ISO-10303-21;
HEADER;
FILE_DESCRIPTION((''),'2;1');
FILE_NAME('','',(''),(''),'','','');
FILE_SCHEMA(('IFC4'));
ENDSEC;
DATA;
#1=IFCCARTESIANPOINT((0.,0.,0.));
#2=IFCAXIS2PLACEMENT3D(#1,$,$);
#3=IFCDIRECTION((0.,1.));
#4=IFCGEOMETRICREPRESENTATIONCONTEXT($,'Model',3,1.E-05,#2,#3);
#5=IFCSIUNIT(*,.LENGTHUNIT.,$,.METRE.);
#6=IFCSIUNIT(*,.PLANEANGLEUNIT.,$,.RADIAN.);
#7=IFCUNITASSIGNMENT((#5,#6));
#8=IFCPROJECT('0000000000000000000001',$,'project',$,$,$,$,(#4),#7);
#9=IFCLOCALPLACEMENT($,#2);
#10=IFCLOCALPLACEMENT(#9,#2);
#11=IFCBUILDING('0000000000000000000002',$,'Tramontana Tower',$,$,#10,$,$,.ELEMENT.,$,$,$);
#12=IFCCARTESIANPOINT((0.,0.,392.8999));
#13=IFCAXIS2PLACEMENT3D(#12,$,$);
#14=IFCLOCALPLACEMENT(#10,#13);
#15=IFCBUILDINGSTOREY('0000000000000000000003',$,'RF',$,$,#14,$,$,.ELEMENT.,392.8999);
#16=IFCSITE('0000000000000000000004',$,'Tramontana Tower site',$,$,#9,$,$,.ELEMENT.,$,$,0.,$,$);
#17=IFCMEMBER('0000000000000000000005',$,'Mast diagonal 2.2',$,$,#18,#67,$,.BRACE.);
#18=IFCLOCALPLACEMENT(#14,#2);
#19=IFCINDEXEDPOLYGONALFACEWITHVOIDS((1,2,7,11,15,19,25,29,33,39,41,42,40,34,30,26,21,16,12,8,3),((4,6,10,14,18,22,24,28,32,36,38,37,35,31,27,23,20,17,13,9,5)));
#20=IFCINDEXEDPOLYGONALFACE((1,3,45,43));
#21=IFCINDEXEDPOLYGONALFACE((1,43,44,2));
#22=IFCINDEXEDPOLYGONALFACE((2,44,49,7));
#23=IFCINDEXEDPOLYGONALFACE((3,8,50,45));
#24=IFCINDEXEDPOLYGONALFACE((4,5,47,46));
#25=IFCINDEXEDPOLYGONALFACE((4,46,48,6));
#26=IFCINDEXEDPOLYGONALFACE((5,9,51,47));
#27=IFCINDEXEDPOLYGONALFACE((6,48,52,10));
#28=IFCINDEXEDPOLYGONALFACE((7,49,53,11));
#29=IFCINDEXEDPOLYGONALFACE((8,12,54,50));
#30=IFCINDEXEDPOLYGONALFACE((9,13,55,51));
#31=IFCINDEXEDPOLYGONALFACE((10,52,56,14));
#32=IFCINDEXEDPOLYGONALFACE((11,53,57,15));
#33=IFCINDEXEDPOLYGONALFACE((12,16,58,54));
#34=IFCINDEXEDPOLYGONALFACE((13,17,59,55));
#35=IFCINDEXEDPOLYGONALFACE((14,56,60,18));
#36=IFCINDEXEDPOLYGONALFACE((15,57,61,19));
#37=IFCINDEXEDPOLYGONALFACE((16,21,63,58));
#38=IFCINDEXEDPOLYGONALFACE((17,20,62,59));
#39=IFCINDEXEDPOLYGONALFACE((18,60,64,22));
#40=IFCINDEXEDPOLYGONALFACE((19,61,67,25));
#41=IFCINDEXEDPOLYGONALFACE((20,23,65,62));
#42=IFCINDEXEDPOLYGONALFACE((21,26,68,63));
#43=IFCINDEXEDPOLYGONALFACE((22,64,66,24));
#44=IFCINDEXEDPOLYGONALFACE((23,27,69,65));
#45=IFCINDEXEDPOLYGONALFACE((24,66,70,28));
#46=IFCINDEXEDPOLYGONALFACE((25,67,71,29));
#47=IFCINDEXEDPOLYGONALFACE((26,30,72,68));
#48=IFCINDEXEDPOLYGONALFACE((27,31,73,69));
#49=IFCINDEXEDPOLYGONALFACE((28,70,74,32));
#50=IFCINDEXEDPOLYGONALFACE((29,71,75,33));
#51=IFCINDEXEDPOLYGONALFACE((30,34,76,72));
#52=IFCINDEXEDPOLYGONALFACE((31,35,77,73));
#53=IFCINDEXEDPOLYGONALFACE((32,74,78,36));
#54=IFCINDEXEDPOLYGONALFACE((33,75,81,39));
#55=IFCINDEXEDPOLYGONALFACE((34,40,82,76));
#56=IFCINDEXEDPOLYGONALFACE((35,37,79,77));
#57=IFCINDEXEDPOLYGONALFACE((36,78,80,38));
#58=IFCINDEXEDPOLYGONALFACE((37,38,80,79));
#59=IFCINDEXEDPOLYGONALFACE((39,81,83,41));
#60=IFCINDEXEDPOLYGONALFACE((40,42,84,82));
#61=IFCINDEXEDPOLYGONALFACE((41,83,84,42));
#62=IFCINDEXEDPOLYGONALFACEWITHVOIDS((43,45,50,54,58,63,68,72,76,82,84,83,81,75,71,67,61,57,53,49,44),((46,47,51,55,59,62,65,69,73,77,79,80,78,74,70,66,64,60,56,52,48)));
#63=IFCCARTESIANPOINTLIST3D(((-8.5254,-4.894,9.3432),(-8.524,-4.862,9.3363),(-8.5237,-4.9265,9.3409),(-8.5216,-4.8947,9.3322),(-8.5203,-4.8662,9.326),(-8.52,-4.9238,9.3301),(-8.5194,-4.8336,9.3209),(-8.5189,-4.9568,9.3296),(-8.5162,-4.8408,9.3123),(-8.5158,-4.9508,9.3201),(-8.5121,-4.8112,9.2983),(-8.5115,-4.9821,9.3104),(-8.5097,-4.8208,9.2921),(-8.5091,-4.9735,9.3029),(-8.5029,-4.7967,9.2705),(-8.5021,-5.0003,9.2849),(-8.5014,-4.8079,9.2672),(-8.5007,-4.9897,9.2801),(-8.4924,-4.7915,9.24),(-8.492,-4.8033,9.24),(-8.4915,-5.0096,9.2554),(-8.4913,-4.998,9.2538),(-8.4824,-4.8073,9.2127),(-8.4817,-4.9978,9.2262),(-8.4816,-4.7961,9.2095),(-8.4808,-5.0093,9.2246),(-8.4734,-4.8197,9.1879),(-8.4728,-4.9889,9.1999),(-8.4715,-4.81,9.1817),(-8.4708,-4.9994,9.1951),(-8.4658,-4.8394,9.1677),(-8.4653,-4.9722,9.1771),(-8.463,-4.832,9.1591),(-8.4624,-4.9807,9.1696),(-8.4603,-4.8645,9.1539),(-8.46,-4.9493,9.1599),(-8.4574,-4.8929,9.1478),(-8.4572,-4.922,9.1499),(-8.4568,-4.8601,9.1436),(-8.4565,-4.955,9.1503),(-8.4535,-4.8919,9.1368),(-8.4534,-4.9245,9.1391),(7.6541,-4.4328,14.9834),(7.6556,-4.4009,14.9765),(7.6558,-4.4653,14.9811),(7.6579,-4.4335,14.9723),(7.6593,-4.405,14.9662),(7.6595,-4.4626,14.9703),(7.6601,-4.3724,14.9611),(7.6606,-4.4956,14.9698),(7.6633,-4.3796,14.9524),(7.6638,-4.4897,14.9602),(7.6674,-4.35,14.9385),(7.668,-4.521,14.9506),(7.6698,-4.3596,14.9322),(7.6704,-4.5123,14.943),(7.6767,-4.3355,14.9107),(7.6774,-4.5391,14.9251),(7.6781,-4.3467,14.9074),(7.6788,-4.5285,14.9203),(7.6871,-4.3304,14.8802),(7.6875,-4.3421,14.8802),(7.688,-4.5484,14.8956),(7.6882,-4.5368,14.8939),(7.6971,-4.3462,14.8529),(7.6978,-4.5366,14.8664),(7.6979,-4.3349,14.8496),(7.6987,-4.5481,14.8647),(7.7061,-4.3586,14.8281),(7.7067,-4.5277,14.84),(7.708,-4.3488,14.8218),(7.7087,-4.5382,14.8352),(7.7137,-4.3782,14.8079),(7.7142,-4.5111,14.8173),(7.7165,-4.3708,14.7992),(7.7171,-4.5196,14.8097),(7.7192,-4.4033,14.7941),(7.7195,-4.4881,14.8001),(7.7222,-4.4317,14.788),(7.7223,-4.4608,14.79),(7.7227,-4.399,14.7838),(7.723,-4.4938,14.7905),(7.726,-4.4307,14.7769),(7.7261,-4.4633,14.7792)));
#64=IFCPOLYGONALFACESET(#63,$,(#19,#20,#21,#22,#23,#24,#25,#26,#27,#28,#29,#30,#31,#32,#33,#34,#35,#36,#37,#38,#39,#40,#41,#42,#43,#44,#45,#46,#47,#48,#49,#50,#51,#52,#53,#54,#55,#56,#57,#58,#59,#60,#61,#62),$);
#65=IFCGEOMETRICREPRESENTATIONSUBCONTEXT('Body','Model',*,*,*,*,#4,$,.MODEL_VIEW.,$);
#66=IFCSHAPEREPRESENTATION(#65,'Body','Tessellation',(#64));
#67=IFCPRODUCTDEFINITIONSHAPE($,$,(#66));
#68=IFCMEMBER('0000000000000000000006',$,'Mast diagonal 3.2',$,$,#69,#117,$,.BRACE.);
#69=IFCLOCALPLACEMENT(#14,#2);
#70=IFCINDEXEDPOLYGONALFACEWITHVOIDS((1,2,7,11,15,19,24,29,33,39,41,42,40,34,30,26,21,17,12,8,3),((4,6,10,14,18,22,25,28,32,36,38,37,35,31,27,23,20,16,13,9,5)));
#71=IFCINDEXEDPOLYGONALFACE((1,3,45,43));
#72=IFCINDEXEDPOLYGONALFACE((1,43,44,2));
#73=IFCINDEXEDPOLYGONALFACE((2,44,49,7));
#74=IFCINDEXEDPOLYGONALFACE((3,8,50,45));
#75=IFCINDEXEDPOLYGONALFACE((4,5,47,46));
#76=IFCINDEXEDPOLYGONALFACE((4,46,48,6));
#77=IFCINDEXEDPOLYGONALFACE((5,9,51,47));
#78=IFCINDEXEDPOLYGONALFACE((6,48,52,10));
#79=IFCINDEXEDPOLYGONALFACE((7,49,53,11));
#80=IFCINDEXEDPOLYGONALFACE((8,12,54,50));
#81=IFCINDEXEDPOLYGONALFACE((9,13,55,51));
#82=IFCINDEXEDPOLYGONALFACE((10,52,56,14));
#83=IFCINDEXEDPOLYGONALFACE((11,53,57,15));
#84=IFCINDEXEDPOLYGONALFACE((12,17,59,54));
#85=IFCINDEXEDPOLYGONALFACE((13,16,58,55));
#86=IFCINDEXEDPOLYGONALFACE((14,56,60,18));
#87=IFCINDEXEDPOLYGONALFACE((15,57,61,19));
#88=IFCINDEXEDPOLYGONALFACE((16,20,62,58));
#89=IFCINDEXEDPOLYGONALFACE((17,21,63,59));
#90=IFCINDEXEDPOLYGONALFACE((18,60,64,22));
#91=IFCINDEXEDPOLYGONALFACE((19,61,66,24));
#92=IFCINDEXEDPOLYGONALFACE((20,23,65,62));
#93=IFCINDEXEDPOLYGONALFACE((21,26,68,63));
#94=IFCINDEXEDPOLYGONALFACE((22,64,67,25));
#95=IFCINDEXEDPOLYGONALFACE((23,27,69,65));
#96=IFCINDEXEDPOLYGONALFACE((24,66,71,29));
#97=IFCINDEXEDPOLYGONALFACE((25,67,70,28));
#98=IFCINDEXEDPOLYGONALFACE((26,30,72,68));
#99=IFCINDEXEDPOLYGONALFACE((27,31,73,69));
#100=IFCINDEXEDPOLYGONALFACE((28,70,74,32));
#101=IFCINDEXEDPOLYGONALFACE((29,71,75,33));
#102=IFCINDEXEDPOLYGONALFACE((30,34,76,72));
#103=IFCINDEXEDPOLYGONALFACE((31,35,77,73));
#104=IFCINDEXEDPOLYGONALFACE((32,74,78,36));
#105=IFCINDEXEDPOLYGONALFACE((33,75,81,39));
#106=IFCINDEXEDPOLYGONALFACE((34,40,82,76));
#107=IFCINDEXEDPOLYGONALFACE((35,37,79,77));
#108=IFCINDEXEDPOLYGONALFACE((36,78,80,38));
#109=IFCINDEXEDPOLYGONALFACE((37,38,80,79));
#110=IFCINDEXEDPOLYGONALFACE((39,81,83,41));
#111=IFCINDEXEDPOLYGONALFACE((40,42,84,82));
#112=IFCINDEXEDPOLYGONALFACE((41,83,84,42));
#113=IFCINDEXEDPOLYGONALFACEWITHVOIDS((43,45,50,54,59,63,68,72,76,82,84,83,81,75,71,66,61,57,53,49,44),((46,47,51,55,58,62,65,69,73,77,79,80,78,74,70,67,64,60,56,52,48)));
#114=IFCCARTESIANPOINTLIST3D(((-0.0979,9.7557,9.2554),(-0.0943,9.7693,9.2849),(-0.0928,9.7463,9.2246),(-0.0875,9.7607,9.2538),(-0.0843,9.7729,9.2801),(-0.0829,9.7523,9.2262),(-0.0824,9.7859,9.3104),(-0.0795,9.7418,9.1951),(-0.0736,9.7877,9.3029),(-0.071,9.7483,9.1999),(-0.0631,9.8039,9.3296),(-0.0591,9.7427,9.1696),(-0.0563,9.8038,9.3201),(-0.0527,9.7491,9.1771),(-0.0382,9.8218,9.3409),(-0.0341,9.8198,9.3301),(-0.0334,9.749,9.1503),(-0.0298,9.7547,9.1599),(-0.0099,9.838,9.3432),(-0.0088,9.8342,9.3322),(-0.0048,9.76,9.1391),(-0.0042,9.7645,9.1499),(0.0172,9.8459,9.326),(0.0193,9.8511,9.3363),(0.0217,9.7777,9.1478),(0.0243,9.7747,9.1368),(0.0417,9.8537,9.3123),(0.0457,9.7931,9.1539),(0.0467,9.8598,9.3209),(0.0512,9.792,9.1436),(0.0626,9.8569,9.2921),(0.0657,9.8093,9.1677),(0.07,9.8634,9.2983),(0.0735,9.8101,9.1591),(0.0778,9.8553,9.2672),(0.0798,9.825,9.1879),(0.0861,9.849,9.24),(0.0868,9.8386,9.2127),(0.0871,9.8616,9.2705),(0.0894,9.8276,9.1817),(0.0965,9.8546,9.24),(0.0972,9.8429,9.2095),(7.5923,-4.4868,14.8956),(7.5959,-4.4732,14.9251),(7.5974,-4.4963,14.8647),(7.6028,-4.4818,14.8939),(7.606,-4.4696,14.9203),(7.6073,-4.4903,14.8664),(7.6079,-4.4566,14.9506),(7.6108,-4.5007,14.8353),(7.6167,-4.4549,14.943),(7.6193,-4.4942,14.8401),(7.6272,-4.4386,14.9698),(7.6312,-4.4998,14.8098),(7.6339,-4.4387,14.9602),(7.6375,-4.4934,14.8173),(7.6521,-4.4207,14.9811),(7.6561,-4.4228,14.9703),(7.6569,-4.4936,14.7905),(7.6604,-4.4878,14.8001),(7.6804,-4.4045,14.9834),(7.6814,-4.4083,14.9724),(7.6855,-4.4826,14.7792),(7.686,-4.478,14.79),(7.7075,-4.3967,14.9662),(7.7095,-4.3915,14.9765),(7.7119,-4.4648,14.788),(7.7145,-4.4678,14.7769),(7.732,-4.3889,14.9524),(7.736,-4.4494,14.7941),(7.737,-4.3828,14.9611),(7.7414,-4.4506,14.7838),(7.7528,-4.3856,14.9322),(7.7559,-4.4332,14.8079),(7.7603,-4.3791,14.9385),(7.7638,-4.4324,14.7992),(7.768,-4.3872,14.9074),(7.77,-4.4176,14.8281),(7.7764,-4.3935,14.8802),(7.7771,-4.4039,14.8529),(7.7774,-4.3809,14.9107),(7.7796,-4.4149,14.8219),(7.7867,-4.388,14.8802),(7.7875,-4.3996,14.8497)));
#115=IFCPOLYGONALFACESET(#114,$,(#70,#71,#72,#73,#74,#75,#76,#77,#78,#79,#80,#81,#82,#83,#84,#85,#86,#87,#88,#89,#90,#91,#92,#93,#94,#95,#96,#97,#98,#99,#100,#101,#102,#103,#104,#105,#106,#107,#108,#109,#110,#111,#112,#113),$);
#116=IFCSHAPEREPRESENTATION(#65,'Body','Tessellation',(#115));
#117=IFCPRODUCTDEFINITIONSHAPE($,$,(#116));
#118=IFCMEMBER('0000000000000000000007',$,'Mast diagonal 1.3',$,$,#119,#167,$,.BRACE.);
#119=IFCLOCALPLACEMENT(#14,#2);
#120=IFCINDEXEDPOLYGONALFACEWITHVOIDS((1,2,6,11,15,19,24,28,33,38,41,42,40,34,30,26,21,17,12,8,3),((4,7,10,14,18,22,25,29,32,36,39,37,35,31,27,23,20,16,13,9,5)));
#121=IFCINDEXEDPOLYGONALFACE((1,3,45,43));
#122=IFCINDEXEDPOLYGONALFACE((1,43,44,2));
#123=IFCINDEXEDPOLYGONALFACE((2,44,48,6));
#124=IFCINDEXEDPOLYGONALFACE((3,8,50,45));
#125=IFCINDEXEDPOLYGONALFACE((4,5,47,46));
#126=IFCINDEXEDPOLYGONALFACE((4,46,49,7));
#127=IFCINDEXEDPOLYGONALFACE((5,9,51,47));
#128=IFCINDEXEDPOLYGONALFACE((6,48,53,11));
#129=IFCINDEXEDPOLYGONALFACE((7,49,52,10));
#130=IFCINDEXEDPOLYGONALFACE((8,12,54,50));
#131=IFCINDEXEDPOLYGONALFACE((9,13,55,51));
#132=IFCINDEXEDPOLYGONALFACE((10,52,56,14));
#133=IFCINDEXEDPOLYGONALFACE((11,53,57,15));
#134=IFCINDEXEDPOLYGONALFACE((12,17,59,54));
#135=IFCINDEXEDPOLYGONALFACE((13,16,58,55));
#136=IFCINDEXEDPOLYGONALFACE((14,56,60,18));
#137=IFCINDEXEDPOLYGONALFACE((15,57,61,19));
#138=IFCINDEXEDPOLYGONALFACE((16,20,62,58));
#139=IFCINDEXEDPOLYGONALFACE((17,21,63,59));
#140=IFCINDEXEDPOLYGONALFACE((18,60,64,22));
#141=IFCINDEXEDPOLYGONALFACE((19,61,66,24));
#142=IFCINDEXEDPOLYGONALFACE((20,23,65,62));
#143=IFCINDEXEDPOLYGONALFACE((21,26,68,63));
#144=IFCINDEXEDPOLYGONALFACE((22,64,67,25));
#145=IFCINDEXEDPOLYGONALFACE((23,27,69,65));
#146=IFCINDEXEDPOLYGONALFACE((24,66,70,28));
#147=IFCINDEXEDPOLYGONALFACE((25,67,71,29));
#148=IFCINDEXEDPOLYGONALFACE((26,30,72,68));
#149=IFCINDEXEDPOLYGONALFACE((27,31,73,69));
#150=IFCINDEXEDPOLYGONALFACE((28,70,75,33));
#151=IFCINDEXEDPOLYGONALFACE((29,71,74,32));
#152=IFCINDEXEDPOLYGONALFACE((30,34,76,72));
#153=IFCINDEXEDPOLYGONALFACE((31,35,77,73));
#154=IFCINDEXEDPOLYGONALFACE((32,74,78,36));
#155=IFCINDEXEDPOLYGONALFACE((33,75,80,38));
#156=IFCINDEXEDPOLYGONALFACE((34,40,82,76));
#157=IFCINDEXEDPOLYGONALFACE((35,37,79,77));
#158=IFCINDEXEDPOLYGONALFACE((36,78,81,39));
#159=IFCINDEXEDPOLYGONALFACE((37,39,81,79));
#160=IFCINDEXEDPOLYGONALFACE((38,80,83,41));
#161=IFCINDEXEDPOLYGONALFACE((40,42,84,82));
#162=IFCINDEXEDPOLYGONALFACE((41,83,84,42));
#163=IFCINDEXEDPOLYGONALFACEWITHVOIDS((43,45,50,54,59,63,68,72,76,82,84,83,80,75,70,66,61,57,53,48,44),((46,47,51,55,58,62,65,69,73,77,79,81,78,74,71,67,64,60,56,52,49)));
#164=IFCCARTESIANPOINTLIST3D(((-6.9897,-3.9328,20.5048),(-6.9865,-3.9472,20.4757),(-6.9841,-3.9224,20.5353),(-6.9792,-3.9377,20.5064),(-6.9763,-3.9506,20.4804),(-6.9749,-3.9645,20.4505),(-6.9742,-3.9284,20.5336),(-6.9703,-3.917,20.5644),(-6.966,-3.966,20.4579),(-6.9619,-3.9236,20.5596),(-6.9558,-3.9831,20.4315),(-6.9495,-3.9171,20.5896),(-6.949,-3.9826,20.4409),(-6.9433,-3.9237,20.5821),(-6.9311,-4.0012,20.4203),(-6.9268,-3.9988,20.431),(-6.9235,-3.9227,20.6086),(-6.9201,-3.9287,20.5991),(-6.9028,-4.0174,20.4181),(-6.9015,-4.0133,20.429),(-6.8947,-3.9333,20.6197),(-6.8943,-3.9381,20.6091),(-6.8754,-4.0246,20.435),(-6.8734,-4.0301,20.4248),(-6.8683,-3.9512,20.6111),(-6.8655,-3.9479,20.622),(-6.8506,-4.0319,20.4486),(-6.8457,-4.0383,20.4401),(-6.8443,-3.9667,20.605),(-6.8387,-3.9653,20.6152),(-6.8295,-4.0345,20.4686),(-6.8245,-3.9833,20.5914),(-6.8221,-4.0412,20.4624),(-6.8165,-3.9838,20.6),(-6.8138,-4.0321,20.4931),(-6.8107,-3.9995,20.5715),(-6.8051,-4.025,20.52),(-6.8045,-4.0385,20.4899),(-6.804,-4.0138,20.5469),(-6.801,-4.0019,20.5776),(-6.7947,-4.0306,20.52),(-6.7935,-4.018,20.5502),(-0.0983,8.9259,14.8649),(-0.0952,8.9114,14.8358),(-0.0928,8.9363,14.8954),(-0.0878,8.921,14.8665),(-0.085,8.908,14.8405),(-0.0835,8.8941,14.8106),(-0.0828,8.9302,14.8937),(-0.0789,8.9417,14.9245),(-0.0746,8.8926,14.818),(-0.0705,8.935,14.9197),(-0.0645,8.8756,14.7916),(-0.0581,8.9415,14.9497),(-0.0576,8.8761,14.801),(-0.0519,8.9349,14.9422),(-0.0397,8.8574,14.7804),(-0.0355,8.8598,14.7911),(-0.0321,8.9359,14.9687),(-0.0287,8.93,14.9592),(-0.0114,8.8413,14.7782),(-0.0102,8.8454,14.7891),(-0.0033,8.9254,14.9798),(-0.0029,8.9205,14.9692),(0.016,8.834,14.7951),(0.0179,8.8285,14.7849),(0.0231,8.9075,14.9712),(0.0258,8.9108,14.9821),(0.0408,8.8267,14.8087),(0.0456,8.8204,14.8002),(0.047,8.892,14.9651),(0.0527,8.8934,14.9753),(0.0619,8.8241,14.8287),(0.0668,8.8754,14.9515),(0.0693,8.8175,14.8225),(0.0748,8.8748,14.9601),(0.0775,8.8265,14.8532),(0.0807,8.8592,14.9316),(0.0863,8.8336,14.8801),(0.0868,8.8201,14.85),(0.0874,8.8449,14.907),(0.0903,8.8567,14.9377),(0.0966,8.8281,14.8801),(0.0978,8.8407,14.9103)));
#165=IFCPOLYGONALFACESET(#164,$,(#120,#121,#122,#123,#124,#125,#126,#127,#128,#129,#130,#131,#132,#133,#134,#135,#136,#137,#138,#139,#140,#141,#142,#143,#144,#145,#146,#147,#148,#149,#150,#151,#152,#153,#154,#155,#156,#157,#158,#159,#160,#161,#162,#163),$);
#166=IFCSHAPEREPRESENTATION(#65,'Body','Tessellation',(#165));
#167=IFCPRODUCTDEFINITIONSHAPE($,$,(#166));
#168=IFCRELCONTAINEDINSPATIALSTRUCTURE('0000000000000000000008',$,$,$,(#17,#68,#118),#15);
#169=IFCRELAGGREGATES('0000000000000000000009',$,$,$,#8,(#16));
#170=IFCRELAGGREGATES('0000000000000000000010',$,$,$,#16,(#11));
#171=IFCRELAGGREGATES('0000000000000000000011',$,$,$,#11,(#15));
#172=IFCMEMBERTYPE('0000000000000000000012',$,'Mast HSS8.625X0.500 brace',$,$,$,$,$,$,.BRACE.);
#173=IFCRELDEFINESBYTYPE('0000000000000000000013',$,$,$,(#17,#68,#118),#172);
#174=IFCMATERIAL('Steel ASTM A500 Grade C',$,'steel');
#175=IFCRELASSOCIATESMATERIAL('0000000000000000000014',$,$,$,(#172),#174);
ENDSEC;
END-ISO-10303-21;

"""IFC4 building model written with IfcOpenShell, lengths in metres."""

from ifc_helpers import new_model, si_unit, direction, frame, origin, origin_2d, place, context, subcontext, project, spatial, hollow_circle, extrude, material, material_profile, profile_set, type_object, element, save


model = new_model("IFC4")

# Units and contexts
model_context = context("Model", 3, precision=1e-05, world=origin(), true_north=direction((0.0, 1.0)))
body_context = subcontext(model_context, "Body", "Model", "MODEL_VIEW")
ifc_project = project(units=[si_unit("LENGTHUNIT", "METRE"), si_unit("PLANEANGLEUNIT", "RADIAN")], contexts=[model_context])

# Site, building, storey
site_placement = place(None, origin())
site = spatial("IfcSite", under=ifc_project, at=site_placement, Name="Tramontana Tower site", CompositionType="ELEMENT", RefElevation=0.0)
building_placement = place(site_placement, origin())
building = spatial("IfcBuilding", under=site, at=building_placement, Name="Tramontana Tower", CompositionType="ELEMENT")
storey_placement = place(building_placement, frame((0.0, 0.0, 392.8999)))
storey = spatial("IfcBuildingStorey", under=building, at=storey_placement, Name="RF", CompositionType="ELEMENT", Elevation=392.8999)

# Members
ifc_material_1 = material(Name="Steel ASTM A500 Grade C", Category="steel")
ifc_material_profile_1 = material_profile(ifc_material_1, hollow_circle(Radius=0.1096, WallThickness=0.0117, at=origin_2d()), Name="HSS8.625X0.500")
ifc_profile_set_1 = profile_set([ifc_material_profile_1], Name="Steel ASTM A500 Grade C")
member_type_1 = type_object("IfcMemberType", Name="Mast HSS8.625X0.500 brace", PredefinedType="BRACE", material=ifc_profile_set_1)
for number, where, z_axis, x_axis, name in (
    (1, (-8.4893, -4.9011, 9.24), (0.943928, 0.026906, 0.329052), (-0.028493, 0.999594, 0.0), "Mast diagonal 2.2"),
    (2, (0.0, 9.8025, 9.24), (0.448656, -0.830922, 0.329053), (0.879924, 0.475114, 0.0), "Mast diagonal 3.2"),
):
    element("IfcMember", number, at=place(storey_placement, frame(where, z_axis=z_axis, x_axis=x_axis)), inside=storey, type_object=member_type_1, Name=name, PredefinedType="BRACE", context=body_context, shape_type="SweptSolid", body=[
        extrude(hollow_circle(Radius=0.1096, WallThickness=0.0117, at=origin_2d()), origin(), (0.0, 0.0, 1.0), 17.1406),
    ])
for number, where, z_axis, x_axis, name in (
    (3, (0.0, 8.8799, 14.8801), (-0.440593, -0.822106, 0.360582), (0.8814, -0.47237, 0.0), "Mast diagonal 1.3"),
):
    element("IfcMember", number, at=place(storey_placement, frame(where, z_axis=z_axis, x_axis=x_axis)), inside=storey, type_object=member_type_1, Name=name, PredefinedType="BRACE", context=body_context, shape_type="SweptSolid", body=[
        extrude(hollow_circle(Radius=0.1096, WallThickness=0.0117, at=origin_2d()), origin(), (0.0, 0.0, 1.0), 15.6411),
    ])

save(model, "model.ifc")
